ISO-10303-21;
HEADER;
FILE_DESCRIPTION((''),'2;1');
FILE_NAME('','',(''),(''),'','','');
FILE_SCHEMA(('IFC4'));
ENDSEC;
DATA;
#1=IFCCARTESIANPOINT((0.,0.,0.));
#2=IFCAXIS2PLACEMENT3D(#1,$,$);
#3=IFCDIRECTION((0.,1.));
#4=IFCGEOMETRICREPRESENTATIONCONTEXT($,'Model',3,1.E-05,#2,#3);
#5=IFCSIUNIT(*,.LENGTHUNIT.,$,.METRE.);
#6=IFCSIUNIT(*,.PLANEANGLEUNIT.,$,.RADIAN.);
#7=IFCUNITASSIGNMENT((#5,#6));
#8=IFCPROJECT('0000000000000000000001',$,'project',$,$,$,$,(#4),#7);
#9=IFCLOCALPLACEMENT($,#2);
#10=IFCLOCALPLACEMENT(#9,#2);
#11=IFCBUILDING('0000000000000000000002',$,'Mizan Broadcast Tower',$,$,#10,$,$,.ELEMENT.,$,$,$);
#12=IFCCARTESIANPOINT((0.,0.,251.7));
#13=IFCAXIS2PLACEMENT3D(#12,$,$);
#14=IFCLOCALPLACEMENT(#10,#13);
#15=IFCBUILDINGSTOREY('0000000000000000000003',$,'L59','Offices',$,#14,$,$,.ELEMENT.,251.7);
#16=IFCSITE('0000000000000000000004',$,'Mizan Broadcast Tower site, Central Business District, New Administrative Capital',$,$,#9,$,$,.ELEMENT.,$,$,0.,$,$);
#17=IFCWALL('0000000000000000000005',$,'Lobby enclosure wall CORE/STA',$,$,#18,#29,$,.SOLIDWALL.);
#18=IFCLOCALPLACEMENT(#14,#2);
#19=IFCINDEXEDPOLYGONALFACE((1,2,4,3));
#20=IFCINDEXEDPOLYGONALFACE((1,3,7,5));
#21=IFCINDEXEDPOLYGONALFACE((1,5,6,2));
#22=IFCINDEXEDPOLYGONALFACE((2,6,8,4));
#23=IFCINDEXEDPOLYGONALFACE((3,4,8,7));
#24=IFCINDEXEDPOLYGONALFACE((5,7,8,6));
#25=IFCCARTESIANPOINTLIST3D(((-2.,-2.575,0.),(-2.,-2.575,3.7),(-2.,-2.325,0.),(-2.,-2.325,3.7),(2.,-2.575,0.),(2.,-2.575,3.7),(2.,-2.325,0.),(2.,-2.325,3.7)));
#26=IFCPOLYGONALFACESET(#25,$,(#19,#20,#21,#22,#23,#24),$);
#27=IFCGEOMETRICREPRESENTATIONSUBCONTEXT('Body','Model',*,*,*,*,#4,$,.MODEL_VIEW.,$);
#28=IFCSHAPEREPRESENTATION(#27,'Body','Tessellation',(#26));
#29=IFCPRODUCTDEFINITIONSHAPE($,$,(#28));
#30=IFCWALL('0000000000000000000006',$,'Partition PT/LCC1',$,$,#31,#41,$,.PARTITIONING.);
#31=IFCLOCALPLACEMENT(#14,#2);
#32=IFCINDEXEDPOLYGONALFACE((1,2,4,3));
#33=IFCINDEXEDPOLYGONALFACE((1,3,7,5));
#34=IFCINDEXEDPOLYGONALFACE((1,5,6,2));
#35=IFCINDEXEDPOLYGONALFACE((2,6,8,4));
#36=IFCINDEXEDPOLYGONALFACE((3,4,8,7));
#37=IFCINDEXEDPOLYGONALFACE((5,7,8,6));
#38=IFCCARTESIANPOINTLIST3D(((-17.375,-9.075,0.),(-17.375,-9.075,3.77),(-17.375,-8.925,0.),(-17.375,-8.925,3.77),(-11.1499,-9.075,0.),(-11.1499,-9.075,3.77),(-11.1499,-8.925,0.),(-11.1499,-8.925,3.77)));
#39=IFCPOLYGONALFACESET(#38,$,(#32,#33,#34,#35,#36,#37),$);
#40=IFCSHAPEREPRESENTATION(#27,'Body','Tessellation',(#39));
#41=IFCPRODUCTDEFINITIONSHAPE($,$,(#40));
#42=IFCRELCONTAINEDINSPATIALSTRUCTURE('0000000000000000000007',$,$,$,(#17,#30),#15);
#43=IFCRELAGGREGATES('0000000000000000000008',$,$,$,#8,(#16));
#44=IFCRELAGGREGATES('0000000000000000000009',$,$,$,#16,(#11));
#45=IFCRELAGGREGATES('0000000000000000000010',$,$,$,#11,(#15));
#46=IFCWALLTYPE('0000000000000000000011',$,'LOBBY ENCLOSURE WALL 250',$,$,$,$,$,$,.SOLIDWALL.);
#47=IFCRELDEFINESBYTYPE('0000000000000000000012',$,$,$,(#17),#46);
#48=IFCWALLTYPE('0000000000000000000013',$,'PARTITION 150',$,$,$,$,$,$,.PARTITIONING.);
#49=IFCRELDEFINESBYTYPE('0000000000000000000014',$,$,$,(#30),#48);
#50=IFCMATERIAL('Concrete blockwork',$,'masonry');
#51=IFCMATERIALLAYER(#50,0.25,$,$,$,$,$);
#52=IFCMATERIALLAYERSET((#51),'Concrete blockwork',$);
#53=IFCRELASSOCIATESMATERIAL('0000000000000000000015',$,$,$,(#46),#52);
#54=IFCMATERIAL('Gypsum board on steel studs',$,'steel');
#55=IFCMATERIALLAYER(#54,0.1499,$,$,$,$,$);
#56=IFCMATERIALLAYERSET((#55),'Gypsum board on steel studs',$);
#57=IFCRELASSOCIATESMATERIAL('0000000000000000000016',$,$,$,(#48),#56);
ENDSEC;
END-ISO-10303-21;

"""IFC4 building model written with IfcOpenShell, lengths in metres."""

from ifc_helpers import new_model, si_unit, direction, frame, frame_2d, origin, place, context, subcontext, project, spatial, rectangle, extrude, material, layer, layer_set, type_object, element, save


model = new_model("IFC4")

# Units and contexts
model_context = context("Model", 3, precision=1e-05, world=origin(), true_north=direction((0.0, 1.0)))
body_context = subcontext(model_context, "Body", "Model", "MODEL_VIEW")
ifc_project = project(units=[si_unit("LENGTHUNIT", "METRE"), si_unit("PLANEANGLEUNIT", "RADIAN")], contexts=[model_context])

# Site, building, storey
site_placement = place(None, origin())
site = spatial("IfcSite", under=ifc_project, at=site_placement, Name="Mizan Broadcast Tower site, Central Business District, New Administrative Capital", CompositionType="ELEMENT", RefElevation=0.0)
building_placement = place(site_placement, origin())
building = spatial("IfcBuilding", under=site, at=building_placement, Name="Mizan Broadcast Tower", CompositionType="ELEMENT")
storey_placement = place(building_placement, frame((0.0, 0.0, 251.7)))
storey = spatial("IfcBuildingStorey", under=building, at=storey_placement, Name="L59", Description="Offices", CompositionType="ELEMENT", Elevation=251.7)

# Shared definitions
ifc_material_1 = material(Name="Concrete blockwork", Category="masonry")
ifc_layer_1 = layer(ifc_material_1, 0.25)
ifc_layer_set_1 = layer_set([ifc_layer_1], Name="Concrete blockwork")
wall_type_1 = type_object("IfcWallType", Name="LOBBY ENCLOSURE WALL 250", PredefinedType="SOLIDWALL", material=ifc_layer_set_1)

# Walls
wall_1_placement = place(storey_placement, frame((-2.0, -2.45, 0.0), z_axis=(0.0, 0.0, 1.0), x_axis=(1.0, 0.0, 0.0)))
element("IfcWall", 1, at=wall_1_placement, inside=storey, type_object=wall_type_1, Name="Lobby enclosure wall CORE/STA", PredefinedType="SOLIDWALL", context=body_context, shape_type="SweptSolid", body=[
    extrude(rectangle(XDim=4.0, YDim=0.25, at=frame_2d((2.0, 0.0))), origin(), (0.0, 0.0, 1.0), 3.7),
])
ifc_material_2 = material(Name="Gypsum board on steel studs", Category="steel")
ifc_layer_2 = layer(ifc_material_2, 0.1499)
ifc_layer_set_2 = layer_set([ifc_layer_2], Name="Gypsum board on steel studs")
wall_type_2 = type_object("IfcWallType", Name="PARTITION 150", PredefinedType="PARTITIONING", material=ifc_layer_set_2)
wall_2_placement = place(storey_placement, frame((-11.1499, -9.0, 0.0), z_axis=(0.0, 0.0, 1.0), x_axis=(-1.0, 0.0, 0.0)))
element("IfcWall", 2, at=wall_2_placement, inside=storey, type_object=wall_type_2, Name="Partition PT/LCC1", PredefinedType="PARTITIONING", context=body_context, shape_type="SweptSolid", body=[
    extrude(rectangle(XDim=6.2251, YDim=0.1499, at=frame_2d((3.1125, 0.0))), origin(), (0.0, 0.0, 1.0), 3.77),
])

save(model, "model.ifc")
